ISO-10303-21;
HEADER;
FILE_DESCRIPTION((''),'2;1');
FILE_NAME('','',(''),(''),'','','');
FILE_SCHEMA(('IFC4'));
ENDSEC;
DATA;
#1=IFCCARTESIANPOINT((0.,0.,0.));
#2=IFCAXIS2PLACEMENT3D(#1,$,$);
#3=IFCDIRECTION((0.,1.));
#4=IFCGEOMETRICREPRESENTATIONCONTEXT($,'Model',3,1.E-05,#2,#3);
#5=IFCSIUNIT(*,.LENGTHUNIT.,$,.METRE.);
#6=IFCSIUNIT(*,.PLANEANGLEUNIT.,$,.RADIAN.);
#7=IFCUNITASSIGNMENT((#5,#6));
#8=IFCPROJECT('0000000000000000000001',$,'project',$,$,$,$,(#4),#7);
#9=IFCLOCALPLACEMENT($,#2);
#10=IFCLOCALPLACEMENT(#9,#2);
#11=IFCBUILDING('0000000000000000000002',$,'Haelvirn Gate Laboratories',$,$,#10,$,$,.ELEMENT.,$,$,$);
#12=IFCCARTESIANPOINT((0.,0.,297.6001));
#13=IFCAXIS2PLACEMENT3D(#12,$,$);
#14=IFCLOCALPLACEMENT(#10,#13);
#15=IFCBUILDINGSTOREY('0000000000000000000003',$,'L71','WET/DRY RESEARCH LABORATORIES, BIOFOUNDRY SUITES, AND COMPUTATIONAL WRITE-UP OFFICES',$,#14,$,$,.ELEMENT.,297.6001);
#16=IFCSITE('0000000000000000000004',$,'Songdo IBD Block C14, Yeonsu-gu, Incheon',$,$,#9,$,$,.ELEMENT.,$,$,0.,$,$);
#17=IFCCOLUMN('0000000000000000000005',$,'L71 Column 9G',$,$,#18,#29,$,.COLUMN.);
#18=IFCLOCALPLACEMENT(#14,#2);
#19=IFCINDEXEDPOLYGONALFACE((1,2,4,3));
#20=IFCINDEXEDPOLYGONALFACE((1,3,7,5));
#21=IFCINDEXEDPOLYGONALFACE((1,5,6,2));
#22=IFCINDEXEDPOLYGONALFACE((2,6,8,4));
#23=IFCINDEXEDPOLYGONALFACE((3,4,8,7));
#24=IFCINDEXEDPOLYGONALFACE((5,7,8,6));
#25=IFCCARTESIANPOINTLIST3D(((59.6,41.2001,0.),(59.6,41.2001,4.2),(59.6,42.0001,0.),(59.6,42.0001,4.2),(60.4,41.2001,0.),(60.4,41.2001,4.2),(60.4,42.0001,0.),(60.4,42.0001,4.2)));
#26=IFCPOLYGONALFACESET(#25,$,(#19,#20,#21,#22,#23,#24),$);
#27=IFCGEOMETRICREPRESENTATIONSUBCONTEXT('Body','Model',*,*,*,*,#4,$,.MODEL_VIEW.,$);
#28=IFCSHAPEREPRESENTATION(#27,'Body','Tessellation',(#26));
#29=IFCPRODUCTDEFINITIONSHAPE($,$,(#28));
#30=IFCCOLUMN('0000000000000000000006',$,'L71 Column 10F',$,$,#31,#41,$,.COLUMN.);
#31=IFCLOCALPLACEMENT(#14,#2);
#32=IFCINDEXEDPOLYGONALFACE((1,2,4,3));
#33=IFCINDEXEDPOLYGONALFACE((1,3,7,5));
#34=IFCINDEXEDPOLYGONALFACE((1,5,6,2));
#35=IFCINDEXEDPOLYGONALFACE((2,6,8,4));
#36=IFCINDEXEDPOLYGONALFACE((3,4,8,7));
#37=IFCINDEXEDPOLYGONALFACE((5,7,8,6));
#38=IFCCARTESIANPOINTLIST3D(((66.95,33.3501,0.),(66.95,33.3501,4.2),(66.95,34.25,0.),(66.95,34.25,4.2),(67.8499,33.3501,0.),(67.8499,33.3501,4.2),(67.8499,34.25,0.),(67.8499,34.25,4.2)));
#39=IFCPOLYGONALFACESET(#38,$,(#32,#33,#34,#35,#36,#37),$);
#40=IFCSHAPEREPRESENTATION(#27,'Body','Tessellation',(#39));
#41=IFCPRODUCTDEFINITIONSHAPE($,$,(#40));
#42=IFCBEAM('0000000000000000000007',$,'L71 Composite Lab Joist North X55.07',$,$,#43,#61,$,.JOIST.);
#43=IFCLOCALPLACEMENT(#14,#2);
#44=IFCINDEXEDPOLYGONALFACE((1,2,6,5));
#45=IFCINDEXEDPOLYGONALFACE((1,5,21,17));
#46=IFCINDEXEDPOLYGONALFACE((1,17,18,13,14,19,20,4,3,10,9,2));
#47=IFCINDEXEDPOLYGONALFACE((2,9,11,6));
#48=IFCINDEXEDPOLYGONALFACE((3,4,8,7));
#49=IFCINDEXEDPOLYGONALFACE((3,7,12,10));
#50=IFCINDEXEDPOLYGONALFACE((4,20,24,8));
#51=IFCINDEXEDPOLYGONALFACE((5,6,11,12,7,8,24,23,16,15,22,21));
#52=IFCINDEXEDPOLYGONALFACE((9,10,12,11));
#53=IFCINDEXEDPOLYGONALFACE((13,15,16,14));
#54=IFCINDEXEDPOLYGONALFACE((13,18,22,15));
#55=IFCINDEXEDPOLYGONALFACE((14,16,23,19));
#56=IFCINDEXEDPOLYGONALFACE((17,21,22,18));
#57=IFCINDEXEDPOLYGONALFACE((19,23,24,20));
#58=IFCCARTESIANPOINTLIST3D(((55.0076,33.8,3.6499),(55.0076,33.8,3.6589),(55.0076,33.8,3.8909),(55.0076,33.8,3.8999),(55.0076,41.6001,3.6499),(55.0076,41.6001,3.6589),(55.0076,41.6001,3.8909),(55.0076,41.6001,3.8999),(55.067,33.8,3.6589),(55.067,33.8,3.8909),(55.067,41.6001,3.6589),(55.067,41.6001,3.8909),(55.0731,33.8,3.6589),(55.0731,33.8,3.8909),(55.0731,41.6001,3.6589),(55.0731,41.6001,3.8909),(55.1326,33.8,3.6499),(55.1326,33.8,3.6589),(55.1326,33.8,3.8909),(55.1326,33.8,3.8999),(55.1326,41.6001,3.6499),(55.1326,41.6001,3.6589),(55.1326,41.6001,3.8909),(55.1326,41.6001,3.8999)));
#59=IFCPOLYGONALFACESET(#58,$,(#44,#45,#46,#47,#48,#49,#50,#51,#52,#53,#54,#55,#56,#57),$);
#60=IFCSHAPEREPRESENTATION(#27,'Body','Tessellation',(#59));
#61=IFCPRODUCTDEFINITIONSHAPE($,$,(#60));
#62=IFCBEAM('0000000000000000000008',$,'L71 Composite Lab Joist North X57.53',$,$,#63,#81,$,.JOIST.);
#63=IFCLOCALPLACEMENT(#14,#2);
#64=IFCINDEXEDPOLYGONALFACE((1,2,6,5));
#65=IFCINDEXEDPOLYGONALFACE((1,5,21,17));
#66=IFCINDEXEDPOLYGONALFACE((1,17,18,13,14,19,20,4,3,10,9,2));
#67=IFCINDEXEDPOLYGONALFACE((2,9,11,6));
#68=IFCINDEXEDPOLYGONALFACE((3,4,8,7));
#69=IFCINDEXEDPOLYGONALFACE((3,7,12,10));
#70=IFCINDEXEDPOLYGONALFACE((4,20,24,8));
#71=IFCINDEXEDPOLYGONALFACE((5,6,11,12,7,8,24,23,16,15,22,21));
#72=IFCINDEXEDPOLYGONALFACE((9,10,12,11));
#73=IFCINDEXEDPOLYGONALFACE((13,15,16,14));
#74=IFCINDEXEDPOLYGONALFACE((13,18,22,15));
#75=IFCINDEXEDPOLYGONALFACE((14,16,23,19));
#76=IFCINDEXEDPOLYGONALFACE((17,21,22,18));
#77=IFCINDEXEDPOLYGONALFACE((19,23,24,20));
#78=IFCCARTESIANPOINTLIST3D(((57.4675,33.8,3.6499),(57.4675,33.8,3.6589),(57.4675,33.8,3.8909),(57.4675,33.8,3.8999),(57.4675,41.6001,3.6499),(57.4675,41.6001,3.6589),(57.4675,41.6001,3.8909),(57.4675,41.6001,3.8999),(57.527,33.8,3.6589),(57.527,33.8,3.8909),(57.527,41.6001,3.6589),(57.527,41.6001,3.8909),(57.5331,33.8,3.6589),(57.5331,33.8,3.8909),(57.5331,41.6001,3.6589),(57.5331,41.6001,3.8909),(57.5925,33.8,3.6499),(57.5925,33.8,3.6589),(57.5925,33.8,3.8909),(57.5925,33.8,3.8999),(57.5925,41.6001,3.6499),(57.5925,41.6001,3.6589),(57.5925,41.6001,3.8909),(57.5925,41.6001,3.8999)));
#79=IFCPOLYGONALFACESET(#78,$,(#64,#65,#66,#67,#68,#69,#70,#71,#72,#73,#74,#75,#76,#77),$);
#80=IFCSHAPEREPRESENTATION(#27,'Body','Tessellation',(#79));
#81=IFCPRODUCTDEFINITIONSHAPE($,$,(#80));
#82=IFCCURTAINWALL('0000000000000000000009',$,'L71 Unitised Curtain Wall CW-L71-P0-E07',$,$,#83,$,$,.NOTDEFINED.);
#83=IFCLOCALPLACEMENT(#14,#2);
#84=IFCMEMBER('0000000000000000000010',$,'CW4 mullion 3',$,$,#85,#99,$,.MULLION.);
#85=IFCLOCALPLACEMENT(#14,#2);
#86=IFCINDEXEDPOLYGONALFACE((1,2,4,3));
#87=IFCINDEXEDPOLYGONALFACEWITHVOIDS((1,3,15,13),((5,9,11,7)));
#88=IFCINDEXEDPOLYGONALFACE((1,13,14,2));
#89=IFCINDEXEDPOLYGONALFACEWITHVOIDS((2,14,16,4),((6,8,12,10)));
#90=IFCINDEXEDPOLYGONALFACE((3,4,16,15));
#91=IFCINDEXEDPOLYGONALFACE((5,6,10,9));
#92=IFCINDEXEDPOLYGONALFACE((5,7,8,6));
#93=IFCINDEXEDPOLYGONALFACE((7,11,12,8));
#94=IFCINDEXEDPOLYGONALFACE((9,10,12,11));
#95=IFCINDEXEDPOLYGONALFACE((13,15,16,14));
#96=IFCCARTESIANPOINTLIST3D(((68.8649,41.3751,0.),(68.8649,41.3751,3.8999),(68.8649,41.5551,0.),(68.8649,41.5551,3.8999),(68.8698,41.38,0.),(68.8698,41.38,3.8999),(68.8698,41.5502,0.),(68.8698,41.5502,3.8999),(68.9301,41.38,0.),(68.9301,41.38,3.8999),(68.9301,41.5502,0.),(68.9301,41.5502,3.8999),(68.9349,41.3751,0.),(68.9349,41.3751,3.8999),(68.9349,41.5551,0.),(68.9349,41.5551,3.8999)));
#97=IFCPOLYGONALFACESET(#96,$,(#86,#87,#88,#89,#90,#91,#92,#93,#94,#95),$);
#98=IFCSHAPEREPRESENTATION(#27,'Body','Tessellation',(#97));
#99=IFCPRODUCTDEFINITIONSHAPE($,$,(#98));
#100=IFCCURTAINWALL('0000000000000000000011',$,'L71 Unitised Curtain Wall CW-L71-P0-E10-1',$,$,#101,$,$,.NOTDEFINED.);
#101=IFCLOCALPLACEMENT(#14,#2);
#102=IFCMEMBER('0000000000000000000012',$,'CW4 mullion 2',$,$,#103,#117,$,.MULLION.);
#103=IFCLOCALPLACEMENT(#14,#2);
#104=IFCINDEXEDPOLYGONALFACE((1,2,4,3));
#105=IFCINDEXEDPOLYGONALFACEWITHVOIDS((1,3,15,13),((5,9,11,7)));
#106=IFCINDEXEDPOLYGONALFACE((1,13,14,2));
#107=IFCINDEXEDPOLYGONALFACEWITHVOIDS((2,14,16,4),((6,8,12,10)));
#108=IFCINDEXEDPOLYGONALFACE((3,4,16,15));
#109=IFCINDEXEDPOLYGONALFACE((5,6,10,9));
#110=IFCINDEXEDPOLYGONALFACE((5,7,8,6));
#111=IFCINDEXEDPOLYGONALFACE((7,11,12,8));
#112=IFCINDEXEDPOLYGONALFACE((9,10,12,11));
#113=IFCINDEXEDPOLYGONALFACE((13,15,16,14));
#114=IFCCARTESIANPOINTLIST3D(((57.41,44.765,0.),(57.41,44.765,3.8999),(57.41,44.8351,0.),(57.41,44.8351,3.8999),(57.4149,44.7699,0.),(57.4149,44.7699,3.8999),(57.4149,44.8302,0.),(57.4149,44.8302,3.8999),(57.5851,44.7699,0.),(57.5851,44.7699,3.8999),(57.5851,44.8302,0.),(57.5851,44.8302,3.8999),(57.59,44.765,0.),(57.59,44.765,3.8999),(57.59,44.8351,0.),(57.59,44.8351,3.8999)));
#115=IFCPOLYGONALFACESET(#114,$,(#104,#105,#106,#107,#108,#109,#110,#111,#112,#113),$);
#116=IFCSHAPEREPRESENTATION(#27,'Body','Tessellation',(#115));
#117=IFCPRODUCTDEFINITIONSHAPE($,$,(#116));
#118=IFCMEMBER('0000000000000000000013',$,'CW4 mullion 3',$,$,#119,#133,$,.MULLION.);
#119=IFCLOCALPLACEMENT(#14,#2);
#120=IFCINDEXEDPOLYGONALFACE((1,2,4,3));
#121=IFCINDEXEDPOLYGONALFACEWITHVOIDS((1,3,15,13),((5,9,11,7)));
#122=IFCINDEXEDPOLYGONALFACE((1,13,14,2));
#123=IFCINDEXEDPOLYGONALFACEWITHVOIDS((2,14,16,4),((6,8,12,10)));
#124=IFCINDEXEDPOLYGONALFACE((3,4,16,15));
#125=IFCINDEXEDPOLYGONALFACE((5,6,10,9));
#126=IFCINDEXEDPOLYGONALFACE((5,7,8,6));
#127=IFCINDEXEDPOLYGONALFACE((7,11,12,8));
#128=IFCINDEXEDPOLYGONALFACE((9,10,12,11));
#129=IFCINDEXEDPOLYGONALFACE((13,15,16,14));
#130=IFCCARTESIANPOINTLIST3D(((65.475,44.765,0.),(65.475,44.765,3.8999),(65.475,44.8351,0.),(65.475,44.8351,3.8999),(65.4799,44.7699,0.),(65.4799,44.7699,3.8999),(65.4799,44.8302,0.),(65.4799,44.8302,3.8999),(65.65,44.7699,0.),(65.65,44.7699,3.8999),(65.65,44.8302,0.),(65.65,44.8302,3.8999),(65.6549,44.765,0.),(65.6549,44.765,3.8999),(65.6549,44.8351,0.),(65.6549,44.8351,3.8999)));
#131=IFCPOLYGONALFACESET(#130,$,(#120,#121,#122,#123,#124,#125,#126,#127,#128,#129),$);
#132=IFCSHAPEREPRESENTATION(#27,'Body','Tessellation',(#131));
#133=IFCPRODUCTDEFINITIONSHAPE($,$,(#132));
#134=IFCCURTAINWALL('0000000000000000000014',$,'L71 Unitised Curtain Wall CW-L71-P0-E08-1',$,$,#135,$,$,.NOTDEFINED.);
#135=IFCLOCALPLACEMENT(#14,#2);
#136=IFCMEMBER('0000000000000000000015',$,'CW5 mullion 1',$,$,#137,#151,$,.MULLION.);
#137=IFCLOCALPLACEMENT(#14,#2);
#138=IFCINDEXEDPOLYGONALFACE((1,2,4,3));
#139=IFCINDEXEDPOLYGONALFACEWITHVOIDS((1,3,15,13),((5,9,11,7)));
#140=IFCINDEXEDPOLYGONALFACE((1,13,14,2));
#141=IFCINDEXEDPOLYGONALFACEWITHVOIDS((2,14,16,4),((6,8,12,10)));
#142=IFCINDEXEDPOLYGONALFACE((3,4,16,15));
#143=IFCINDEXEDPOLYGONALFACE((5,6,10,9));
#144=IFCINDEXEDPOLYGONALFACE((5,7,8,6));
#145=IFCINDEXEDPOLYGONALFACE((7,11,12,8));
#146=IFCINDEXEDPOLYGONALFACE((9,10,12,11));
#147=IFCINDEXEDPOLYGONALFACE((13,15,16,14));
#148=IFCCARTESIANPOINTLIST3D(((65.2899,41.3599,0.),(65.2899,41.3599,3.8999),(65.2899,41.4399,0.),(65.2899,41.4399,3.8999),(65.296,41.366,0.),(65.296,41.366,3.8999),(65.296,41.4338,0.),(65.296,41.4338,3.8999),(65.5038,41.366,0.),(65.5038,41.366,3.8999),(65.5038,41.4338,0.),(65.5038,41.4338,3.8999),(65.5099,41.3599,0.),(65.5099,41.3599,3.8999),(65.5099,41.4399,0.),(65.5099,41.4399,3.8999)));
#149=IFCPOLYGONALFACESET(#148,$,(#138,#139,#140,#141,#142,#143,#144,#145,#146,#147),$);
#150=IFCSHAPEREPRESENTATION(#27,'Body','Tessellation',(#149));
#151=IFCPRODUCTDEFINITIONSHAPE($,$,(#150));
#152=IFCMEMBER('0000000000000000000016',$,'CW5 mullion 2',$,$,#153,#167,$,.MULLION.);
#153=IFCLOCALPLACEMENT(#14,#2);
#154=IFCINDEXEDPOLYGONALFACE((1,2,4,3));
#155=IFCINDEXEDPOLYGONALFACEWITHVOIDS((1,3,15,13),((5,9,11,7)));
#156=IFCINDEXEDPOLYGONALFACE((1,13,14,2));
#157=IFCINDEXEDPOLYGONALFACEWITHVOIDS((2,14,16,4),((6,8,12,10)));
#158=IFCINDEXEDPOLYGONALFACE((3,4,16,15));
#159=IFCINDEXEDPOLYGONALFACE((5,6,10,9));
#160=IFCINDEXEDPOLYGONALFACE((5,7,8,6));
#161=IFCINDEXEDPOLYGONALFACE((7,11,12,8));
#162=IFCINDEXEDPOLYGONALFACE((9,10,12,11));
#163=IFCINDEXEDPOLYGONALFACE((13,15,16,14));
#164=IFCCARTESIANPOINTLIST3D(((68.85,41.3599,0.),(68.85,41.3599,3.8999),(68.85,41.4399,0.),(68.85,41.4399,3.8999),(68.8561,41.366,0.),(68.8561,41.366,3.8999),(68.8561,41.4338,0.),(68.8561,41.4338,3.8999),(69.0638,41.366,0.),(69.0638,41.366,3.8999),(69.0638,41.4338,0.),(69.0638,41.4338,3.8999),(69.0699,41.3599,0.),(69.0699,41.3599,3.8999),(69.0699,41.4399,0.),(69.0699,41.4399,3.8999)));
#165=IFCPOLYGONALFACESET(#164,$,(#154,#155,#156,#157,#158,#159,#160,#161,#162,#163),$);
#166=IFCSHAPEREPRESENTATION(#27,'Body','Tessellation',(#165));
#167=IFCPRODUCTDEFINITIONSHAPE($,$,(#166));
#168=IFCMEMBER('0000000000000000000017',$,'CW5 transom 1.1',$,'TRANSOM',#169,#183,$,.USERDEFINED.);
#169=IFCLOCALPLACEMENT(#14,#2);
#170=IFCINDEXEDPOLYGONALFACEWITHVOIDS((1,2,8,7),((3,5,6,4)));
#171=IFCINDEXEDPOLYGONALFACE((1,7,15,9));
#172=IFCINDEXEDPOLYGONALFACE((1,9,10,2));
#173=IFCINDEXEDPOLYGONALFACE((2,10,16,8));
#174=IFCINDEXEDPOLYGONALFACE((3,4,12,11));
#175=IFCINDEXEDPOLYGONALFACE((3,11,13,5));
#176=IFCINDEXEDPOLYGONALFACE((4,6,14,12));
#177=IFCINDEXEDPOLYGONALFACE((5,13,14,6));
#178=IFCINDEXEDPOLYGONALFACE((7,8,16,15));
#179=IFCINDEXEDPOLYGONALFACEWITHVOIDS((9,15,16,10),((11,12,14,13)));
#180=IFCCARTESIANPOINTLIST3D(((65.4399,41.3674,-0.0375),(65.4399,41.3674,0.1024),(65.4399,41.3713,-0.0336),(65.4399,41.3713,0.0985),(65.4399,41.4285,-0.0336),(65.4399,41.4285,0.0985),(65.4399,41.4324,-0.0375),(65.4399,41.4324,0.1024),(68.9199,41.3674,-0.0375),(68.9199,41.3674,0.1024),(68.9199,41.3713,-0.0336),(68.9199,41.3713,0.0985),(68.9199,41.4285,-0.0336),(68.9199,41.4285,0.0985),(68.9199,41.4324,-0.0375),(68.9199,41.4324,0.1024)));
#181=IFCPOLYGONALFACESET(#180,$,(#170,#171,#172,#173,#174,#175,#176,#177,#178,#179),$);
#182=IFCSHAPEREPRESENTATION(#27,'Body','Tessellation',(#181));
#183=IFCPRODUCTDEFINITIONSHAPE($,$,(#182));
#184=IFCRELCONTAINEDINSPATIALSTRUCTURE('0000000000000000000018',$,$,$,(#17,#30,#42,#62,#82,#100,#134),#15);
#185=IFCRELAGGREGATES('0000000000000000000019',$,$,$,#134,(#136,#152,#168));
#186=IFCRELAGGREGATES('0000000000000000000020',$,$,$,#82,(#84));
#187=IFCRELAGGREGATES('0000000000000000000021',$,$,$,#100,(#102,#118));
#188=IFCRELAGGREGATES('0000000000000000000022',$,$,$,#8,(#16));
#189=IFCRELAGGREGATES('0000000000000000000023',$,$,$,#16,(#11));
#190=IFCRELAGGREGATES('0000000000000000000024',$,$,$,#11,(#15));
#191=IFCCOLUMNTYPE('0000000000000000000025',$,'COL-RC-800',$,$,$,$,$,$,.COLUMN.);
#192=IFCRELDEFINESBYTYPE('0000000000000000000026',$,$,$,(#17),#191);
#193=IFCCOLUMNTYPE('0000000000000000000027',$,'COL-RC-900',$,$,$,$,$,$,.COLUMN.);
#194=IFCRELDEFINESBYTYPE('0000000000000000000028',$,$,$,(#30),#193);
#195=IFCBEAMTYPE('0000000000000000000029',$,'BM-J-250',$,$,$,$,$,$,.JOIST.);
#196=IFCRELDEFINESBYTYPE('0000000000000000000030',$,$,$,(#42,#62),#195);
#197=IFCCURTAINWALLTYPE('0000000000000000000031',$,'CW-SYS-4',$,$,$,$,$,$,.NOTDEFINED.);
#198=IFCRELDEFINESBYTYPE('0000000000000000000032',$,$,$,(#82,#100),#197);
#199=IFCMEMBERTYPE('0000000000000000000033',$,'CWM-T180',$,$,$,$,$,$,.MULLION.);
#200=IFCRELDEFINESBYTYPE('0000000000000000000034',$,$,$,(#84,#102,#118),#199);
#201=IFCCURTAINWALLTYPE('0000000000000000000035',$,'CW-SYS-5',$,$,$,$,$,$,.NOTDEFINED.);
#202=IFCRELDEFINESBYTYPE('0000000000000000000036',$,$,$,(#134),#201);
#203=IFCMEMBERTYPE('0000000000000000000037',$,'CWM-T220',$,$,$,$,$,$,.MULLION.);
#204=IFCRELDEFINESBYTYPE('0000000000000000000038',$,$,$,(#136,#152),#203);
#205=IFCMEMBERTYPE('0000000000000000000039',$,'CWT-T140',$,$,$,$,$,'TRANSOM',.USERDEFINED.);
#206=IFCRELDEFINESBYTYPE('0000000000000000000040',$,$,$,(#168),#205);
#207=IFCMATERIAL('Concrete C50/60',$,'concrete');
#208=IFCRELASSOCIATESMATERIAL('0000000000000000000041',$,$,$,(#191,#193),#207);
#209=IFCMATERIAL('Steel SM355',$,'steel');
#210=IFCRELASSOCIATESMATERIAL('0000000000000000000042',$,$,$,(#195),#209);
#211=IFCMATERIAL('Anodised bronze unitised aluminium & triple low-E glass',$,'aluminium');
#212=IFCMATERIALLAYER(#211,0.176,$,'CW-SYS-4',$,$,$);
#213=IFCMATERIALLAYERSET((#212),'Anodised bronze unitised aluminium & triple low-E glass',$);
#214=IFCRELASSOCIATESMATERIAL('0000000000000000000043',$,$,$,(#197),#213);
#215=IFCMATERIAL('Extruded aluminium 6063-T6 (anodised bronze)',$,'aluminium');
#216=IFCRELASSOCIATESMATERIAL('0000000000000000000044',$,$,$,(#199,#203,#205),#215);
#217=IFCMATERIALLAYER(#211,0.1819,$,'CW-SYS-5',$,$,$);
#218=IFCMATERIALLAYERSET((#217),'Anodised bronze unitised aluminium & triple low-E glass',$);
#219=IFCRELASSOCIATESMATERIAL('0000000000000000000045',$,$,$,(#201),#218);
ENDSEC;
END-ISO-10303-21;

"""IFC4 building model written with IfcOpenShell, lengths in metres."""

from ifc_helpers import new_model, si_unit, direction, frame, origin, origin_2d, place, context, subcontext, project, spatial, rectangle, hollow_rectangle, i_section, extrude, source, transform, mapped, material, layer, layer_set, material_profile, profile_set, type_object, type_shapes, element, aggregate, save


model = new_model("IFC4")

# Units and contexts
model_context = context("Model", 3, precision=1e-05, world=origin(), true_north=direction((0.0, 1.0)))
body_context = subcontext(model_context, "Body", "Model", "MODEL_VIEW")
ifc_project = project(units=[si_unit("LENGTHUNIT", "METRE"), si_unit("PLANEANGLEUNIT", "RADIAN")], contexts=[model_context])

# Site, building, storey
site_placement = place(None, origin())
site = spatial("IfcSite", under=ifc_project, at=site_placement, Name="Songdo IBD Block C14, Yeonsu-gu, Incheon", CompositionType="ELEMENT", RefElevation=0.0)
building_placement = place(site_placement, origin())
building = spatial("IfcBuilding", under=site, at=building_placement, Name="Haelvirn Gate Laboratories", CompositionType="ELEMENT")
storey_placement = place(building_placement, frame((0.0, 0.0, 297.6001)))
storey = spatial("IfcBuildingStorey", under=building, at=storey_placement, Name="L71", Description="WET/DRY RESEARCH LABORATORIES, BIOFOUNDRY SUITES, AND COMPUTATIONAL WRITE-UP OFFICES", CompositionType="ELEMENT", Elevation=297.6001)

# Columns
ifc_material_1 = material(Name="Concrete C50/60", Category="concrete")
ifc_material_profile_1 = material_profile(ifc_material_1, rectangle(XDim=0.8, YDim=0.8, at=origin_2d()), Name="RC-800x800")
ifc_profile_set_1 = profile_set([ifc_material_profile_1], Name="Concrete C50/60")
column_type_1 = type_object("IfcColumnType", Name="COL-RC-800", PredefinedType="COLUMN", material=ifc_profile_set_1)
shared_shape_1 = source(origin(), body_context, "Body", "SweptSolid", [
    extrude(rectangle(XDim=0.8, YDim=0.8, at=origin_2d()), origin(), (0.0, 0.0, 1.0), 4.2),
])
type_shapes(column_type_1, [shared_shape_1])
column_1_placement = place(storey_placement, frame((60.0, 41.6001, 0.0), z_axis=(0.0, 0.0, 1.0), x_axis=(1.0, 0.0, 0.0)))
element("IfcColumn", 1, at=column_1_placement, inside=storey, type_object=column_type_1, Name="L71 Column 9G", PredefinedType="COLUMN", context=body_context, shape_type="MappedRepresentation", body=[
    mapped(shared_shape_1, transform((0.0, 0.0, 0.0), scale=1.0)),
])
ifc_material_profile_2 = material_profile(ifc_material_1, rectangle(XDim=0.8999, YDim=0.8999, at=origin_2d()), Name="RC-900x900")
ifc_profile_set_2 = profile_set([ifc_material_profile_2], Name="Concrete C50/60")
column_type_2 = type_object("IfcColumnType", Name="COL-RC-900", PredefinedType="COLUMN", material=ifc_profile_set_2)
shared_shape_2 = source(origin(), body_context, "Body", "SweptSolid", [
    extrude(rectangle(XDim=0.8999, YDim=0.8999, at=origin_2d()), origin(), (0.0, 0.0, 1.0), 4.2),
])
type_shapes(column_type_2, [shared_shape_2])
column_2_placement = place(storey_placement, frame((67.3999, 33.8, 0.0), z_axis=(0.0, 0.0, 1.0), x_axis=(1.0, 0.0, 0.0)))
element("IfcColumn", 2, at=column_2_placement, inside=storey, type_object=column_type_2, Name="L71 Column 10F", PredefinedType="COLUMN", context=body_context, shape_type="MappedRepresentation", body=[
    mapped(shared_shape_2, transform((0.0, 0.0, 0.0), scale=1.0)),
])

# Beams
ifc_material_2 = material(Name="Steel SM355", Category="steel")
ifc_material_profile_3 = material_profile(ifc_material_2, i_section(OverallWidth=0.125, OverallDepth=0.25, WebThickness=0.0061, FlangeThickness=0.009, at=origin_2d()), Name="H-250x125x6x9")
ifc_profile_set_3 = profile_set([ifc_material_profile_3], Name="Steel SM355")
beam_type = type_object("IfcBeamType", Name="BM-J-250", PredefinedType="JOIST", material=ifc_profile_set_3)
shared_shape_3 = source(origin(), body_context, "Body", "SweptSolid", [
    extrude(i_section(OverallWidth=0.125, OverallDepth=0.25, WebThickness=0.0061, FlangeThickness=0.009, at=origin_2d()), origin(), (0.0, 0.0, 1.0), 7.8),
])
type_shapes(beam_type, [shared_shape_3])
for number, where, z_axis, x_axis, name in (
    (3, (55.0701, 33.8, 3.7749), (0.0, 1.0, 0.0), (-1.0, 0.0, 0.0), "L71 Composite Lab Joist North X55.07"),
    (4, (57.53, 33.8, 3.7749), (0.0, 1.0, 0.0), (-1.0, 0.0, 0.0), "L71 Composite Lab Joist North X57.53"),
):
    element("IfcBeam", number, at=place(storey_placement, frame(where, z_axis=z_axis, x_axis=x_axis)), inside=storey, type_object=beam_type, Name=name, PredefinedType="JOIST", context=body_context, shape_type="MappedRepresentation", body=[
        mapped(shared_shape_3, transform((0.0, 0.0, 0.0), scale=1.0)),
    ])

# Curtain wall, member
ifc_material_3 = material(Name="Anodised bronze unitised aluminium & triple low-E glass", Category="aluminium")
ifc_layer_1 = layer(ifc_material_3, 0.176, Name="CW-SYS-4")
ifc_layer_set_1 = layer_set([ifc_layer_1], Name="Anodised bronze unitised aluminium & triple low-E glass")
curtain_wall_type_1 = type_object("IfcCurtainWallType", Name="CW-SYS-4", PredefinedType="NOTDEFINED", material=ifc_layer_set_1)
curtain_wall_1_placement = place(storey_placement, origin())
curtain_wall_1 = element("IfcCurtainWall", 5, at=curtain_wall_1_placement, inside=storey, type_object=curtain_wall_type_1, Name="L71 Unitised Curtain Wall CW-L71-P0-E07", PredefinedType="NOTDEFINED")
ifc_material_4 = material(Name="Extruded aluminium 6063-T6 (anodised bronze)", Category="aluminium")
ifc_material_profile_4 = material_profile(ifc_material_4, hollow_rectangle(XDim=0.0701, YDim=0.1799, WallThickness=0.0049, at=origin_2d()), Name="CWM-180x70x5")
ifc_profile_set_4 = profile_set([ifc_material_profile_4], Name="Extruded aluminium 6063-T6 (anodised bronze)")
member_type_1 = type_object("IfcMemberType", Name="CWM-T180", PredefinedType="MULLION", material=ifc_profile_set_4)
shared_shape_4 = source(origin(), body_context, "Body", "SweptSolid", [
    extrude(hollow_rectangle(XDim=0.0701, YDim=0.1799, WallThickness=0.0049, at=origin_2d()), origin(), (0.0, 0.0, 1.0), 3.8999),
])
type_shapes(member_type_1, [shared_shape_4])
member_1_placement = place(storey_placement, frame((68.8999, 41.4651, 0.0), z_axis=(0.0, 0.0, 1.0), x_axis=(-1.0, 0.0, 0.0)))
member_1 = element("IfcMember", 6, at=member_1_placement, type_object=member_type_1, Name="CW4 mullion 3", PredefinedType="MULLION", context=body_context, shape_type="MappedRepresentation", body=[
    mapped(shared_shape_4, transform((0.0, 0.0, 0.0), scale=1.0)),
])

# Curtain walls, members
curtain_wall_2_placement = place(storey_placement, origin())
curtain_wall_2 = element("IfcCurtainWall", 7, at=curtain_wall_2_placement, inside=storey, type_object=curtain_wall_type_1, Name="L71 Unitised Curtain Wall CW-L71-P0-E10-1", PredefinedType="NOTDEFINED")
member_2_placement = place(storey_placement, frame((57.5, 44.8, 0.0), z_axis=(0.0, 0.0, 1.0), x_axis=(0.0, 1.0, 0.0)))
member_2 = element("IfcMember", 8, at=member_2_placement, type_object=member_type_1, Name="CW4 mullion 2", PredefinedType="MULLION", context=body_context, shape_type="MappedRepresentation", body=[
    mapped(shared_shape_4, transform((0.0, 0.0, 0.0), scale=1.0)),
])
member_3_placement = place(storey_placement, frame((65.5649, 44.8, 0.0), z_axis=(0.0, 0.0, 1.0), x_axis=(0.0, 1.0, 0.0)))
member_3 = element("IfcMember", 9, at=member_3_placement, type_object=member_type_1, Name="CW4 mullion 3", PredefinedType="MULLION", context=body_context, shape_type="MappedRepresentation", body=[
    mapped(shared_shape_4, transform((0.0, 0.0, 0.0), scale=1.0)),
])
ifc_layer_2 = layer(ifc_material_3, 0.1819, Name="CW-SYS-5")
ifc_layer_set_2 = layer_set([ifc_layer_2], Name="Anodised bronze unitised aluminium & triple low-E glass")
curtain_wall_type_2 = type_object("IfcCurtainWallType", Name="CW-SYS-5", PredefinedType="NOTDEFINED", material=ifc_layer_set_2)
curtain_wall_3_placement = place(storey_placement, origin())
curtain_wall_3 = element("IfcCurtainWall", 10, at=curtain_wall_3_placement, inside=storey, type_object=curtain_wall_type_2, Name="L71 Unitised Curtain Wall CW-L71-P0-E08-1", PredefinedType="NOTDEFINED")
ifc_material_profile_5 = material_profile(ifc_material_4, hollow_rectangle(XDim=0.0801, YDim=0.22, WallThickness=0.0061, at=origin_2d()), Name="CWM-220x80x6")
ifc_profile_set_5 = profile_set([ifc_material_profile_5], Name="Extruded aluminium 6063-T6 (anodised bronze)")
member_type_2 = type_object("IfcMemberType", Name="CWM-T220", PredefinedType="MULLION", material=ifc_profile_set_5)
shared_shape_5 = source(origin(), body_context, "Body", "SweptSolid", [
    extrude(hollow_rectangle(XDim=0.0801, YDim=0.22, WallThickness=0.0061, at=origin_2d()), origin(), (0.0, 0.0, 1.0), 3.8999),
])
type_shapes(member_type_2, [shared_shape_5])
member_4_placement = place(storey_placement, frame((65.3999, 41.3999, 0.0), z_axis=(0.0, 0.0, 1.0), x_axis=(0.0, 1.0, 0.0)))
member_4 = element("IfcMember", 11, at=member_4_placement, type_object=member_type_2, Name="CW5 mullion 1", PredefinedType="MULLION", context=body_context, shape_type="MappedRepresentation", body=[
    mapped(shared_shape_5, transform((0.0, 0.0, 0.0), scale=1.0)),
])
member_5_placement = place(storey_placement, frame((68.96, 41.3999, 0.0), z_axis=(0.0, 0.0, 1.0), x_axis=(0.0, 1.0, 0.0)))
member_5 = element("IfcMember", 12, at=member_5_placement, type_object=member_type_2, Name="CW5 mullion 2", PredefinedType="MULLION", context=body_context, shape_type="MappedRepresentation", body=[
    mapped(shared_shape_5, transform((0.0, 0.0, 0.0), scale=1.0)),
])
ifc_material_profile_6 = material_profile(ifc_material_4, hollow_rectangle(XDim=0.0649, YDim=0.1399, WallThickness=0.0039, at=origin_2d()), Name="CWT-140x65x4")
ifc_profile_set_6 = profile_set([ifc_material_profile_6], Name="Extruded aluminium 6063-T6 (anodised bronze)")
member_type_3 = type_object("IfcMemberType", Name="CWT-T140", ElementType="TRANSOM", PredefinedType="USERDEFINED", material=ifc_profile_set_6)
shared_shape_6 = source(origin(), body_context, "Body", "SweptSolid", [
    extrude(hollow_rectangle(XDim=0.0649, YDim=0.1399, WallThickness=0.0039, at=origin_2d()), origin(), (0.0, 0.0, 1.0), 3.48),
])
member_6_placement = place(storey_placement, frame((65.4399, 41.3999, 0.0325), z_axis=(1.0, 0.0, 0.0), x_axis=(0.0, 1.0, 0.0)))
member_6 = element("IfcMember", 13, at=member_6_placement, type_object=member_type_3, Name="CW5 transom 1.1", ObjectType="TRANSOM", PredefinedType="USERDEFINED", context=body_context, shape_type="MappedRepresentation", body=[
    mapped(shared_shape_6, transform((0.0, 0.0, 0.0), scale=1.0)),
])

aggregate(curtain_wall_3, [member_4, member_5, member_6])
aggregate(curtain_wall_1, [member_1])
aggregate(curtain_wall_2, [member_2, member_3])

save(model, "model.ifc")
